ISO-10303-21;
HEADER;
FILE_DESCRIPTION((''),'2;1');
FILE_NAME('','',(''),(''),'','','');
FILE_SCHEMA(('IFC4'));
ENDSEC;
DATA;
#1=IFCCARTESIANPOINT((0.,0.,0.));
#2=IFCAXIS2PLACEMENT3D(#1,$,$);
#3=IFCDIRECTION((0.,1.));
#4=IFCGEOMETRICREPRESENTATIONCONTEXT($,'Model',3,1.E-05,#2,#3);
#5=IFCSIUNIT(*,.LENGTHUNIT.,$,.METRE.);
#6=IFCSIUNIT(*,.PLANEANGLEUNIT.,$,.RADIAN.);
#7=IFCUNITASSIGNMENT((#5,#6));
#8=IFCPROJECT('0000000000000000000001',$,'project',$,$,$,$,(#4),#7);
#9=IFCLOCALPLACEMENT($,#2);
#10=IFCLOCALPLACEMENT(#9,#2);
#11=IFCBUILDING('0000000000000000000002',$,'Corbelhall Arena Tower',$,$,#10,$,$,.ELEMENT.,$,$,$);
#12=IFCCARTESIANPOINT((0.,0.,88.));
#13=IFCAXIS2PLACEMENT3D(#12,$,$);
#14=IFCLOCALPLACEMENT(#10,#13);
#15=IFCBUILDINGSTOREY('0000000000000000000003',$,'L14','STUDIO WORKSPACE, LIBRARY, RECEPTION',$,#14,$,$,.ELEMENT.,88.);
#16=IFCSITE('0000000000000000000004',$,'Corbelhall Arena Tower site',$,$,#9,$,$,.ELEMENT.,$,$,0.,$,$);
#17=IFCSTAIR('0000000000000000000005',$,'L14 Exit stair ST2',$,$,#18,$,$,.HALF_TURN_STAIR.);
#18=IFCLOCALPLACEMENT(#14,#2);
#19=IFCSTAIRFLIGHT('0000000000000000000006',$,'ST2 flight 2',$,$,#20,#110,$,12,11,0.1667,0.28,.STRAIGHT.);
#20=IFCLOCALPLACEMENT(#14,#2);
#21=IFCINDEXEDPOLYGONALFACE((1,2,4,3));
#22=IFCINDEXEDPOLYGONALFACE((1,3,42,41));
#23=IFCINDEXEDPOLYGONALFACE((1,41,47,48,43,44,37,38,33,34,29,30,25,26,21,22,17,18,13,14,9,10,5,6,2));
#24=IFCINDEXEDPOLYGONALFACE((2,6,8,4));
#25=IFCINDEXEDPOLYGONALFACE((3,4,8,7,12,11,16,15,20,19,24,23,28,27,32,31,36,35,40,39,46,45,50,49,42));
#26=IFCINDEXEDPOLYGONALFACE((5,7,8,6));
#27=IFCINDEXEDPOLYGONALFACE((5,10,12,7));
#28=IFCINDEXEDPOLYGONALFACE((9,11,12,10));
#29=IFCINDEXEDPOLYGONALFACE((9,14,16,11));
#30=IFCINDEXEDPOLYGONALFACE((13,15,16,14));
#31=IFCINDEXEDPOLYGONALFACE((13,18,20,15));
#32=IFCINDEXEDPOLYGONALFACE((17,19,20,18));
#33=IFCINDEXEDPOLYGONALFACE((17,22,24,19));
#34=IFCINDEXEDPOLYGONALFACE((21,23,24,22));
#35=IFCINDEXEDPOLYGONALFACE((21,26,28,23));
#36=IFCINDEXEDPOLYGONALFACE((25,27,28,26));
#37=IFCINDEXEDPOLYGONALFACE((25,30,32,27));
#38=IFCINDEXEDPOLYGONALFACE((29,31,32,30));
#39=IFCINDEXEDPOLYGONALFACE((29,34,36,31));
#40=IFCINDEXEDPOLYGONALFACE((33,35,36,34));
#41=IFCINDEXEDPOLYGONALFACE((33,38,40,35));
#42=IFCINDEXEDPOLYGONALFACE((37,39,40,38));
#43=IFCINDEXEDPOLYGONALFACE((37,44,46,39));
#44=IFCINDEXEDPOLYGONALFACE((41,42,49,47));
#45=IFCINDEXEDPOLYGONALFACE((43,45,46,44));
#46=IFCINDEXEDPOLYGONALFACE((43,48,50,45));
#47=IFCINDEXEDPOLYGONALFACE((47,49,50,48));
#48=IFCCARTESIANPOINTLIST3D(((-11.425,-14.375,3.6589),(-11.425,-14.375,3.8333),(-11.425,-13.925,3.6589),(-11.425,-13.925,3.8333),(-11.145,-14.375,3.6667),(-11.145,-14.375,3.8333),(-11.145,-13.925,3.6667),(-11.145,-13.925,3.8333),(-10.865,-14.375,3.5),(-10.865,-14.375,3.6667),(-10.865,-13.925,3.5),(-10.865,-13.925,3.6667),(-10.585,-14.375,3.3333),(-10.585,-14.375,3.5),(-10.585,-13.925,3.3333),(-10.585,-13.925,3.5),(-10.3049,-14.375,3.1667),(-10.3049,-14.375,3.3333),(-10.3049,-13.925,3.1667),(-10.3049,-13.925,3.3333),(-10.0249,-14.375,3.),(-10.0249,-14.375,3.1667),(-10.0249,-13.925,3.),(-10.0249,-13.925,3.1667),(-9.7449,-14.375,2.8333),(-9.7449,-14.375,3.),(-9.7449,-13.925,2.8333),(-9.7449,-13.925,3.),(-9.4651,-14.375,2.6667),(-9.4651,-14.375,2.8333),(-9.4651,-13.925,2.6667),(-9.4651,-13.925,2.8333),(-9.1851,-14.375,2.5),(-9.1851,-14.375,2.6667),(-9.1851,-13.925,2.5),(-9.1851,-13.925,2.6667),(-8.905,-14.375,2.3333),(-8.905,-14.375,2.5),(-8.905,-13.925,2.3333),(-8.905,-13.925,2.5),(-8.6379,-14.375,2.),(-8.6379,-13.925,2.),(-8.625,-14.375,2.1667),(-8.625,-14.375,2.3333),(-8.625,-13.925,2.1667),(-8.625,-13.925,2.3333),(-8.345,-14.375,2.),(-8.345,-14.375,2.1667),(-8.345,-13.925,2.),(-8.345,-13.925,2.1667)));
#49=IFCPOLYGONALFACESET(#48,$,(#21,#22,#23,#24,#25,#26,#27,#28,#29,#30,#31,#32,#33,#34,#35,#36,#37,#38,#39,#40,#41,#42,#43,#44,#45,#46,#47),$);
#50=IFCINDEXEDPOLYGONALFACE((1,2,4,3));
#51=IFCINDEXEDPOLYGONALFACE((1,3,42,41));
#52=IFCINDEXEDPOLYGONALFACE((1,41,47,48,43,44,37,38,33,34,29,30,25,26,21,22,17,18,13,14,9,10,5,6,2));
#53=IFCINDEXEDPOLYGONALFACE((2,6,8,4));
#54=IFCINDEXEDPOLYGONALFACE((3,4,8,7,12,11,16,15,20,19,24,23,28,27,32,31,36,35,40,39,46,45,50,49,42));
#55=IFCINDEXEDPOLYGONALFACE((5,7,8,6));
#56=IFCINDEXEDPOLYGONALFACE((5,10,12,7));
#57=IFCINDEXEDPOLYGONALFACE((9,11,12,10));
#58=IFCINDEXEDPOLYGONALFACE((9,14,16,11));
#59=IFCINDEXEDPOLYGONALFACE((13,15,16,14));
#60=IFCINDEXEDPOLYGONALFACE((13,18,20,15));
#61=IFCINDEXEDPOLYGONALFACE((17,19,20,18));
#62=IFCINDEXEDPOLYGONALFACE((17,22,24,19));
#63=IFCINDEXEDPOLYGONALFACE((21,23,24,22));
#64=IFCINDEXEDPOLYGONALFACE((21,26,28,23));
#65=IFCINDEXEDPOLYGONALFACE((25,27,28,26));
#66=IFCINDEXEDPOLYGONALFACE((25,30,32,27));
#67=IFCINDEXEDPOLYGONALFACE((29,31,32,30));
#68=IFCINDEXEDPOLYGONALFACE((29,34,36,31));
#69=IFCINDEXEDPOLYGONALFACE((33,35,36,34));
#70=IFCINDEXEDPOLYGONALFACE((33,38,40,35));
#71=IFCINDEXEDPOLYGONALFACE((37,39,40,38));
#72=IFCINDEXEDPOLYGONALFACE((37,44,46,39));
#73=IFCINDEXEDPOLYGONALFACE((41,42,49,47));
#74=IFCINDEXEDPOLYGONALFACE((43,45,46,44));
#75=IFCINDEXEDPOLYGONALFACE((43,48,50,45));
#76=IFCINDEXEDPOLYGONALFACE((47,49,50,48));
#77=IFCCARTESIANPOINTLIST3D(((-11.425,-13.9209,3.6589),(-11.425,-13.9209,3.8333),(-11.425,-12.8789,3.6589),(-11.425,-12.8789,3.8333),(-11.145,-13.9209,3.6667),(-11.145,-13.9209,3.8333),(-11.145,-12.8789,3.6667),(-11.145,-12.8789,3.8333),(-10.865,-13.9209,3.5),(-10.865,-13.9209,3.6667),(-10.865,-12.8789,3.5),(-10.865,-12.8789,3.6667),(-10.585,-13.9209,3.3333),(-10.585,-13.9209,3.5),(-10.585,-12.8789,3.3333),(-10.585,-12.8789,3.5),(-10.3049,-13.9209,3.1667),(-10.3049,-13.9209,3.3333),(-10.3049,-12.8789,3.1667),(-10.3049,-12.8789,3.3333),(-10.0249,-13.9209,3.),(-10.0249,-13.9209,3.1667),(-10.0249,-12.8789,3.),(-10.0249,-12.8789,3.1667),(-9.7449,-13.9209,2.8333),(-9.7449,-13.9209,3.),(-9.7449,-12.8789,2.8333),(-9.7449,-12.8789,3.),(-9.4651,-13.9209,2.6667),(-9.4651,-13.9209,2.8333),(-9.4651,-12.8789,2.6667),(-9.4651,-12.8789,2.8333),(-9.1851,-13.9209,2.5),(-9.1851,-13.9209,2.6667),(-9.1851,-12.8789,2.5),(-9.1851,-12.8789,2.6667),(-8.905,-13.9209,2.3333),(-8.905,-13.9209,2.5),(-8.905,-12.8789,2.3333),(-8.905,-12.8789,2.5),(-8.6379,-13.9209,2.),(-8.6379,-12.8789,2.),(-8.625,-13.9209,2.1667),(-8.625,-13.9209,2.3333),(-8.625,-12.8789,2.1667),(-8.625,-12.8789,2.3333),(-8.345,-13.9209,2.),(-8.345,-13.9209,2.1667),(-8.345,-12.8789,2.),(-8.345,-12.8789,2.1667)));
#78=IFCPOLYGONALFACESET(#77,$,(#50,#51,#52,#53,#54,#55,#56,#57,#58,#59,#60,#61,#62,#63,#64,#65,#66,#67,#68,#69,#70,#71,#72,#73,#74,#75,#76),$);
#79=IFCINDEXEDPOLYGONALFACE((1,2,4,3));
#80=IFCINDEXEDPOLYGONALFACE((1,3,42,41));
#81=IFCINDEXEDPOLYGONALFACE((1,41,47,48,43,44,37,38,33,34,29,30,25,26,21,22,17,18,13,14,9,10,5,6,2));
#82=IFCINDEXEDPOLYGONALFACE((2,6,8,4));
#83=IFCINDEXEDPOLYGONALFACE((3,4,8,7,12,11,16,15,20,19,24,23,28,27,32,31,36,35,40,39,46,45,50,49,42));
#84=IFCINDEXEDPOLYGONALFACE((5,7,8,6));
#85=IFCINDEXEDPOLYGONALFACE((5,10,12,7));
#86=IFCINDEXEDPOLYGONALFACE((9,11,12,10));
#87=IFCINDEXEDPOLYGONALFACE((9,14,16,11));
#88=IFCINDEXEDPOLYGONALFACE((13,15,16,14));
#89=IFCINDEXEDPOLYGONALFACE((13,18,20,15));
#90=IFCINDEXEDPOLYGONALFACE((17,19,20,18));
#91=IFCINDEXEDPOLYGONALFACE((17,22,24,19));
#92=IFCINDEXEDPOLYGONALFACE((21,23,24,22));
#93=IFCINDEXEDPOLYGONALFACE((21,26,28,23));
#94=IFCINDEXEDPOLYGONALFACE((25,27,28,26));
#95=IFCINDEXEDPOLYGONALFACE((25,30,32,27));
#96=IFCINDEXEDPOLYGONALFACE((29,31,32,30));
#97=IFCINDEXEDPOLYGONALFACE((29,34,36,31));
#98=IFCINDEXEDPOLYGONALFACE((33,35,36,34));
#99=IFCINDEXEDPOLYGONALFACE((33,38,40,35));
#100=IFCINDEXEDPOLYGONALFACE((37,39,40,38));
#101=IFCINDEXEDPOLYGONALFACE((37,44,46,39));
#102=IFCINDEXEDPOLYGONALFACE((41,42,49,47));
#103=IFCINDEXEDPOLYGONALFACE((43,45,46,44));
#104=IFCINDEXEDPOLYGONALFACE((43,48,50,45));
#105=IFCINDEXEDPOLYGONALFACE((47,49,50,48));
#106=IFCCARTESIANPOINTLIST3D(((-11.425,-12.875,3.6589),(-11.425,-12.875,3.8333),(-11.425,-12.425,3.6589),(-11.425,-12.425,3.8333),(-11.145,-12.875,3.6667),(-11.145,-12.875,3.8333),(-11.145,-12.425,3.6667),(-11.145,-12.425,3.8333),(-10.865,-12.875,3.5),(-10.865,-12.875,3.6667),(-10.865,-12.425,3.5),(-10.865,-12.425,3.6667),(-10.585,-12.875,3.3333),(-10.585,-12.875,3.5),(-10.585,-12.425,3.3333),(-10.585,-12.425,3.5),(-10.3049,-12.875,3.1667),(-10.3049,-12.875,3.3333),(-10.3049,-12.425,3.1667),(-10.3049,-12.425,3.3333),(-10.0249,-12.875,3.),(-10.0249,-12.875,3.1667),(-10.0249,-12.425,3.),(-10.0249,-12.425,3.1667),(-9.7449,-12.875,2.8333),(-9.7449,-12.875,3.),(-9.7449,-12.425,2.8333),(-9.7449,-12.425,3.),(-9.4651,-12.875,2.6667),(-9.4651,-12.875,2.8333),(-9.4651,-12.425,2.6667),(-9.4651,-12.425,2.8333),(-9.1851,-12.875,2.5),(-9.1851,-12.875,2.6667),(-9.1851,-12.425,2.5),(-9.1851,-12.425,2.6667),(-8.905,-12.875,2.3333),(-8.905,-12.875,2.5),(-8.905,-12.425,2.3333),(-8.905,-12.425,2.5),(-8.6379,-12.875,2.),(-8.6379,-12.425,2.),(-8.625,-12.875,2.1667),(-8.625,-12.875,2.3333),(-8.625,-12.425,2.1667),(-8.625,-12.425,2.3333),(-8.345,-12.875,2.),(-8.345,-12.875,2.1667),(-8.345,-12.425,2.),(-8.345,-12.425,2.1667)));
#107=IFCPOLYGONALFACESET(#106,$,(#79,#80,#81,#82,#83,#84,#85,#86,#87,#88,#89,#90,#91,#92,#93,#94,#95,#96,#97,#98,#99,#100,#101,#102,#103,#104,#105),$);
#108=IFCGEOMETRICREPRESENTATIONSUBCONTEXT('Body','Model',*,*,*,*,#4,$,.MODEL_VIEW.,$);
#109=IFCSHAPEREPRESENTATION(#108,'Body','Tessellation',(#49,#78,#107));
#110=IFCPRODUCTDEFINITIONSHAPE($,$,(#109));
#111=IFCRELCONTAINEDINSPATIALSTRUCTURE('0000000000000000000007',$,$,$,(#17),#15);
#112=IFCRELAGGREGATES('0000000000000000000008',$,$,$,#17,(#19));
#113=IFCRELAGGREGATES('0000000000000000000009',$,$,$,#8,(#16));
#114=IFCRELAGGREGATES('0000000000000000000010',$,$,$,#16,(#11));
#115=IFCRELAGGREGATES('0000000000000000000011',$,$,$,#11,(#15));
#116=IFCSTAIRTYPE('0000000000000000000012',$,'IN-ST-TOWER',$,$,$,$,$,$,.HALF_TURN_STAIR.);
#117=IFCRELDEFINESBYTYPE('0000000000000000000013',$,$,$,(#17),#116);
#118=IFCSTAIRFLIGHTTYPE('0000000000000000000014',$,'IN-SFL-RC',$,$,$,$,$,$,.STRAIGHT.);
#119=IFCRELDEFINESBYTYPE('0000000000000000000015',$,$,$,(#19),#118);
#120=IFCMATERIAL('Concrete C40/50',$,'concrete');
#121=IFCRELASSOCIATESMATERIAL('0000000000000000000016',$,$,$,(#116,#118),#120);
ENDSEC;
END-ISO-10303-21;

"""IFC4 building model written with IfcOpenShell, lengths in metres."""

from ifc_helpers import new_model, si_unit, direction, frame, origin, place, context, subcontext, project, spatial, polyline, outline, extrude, material, type_object, element, aggregate, save


model = new_model("IFC4")

# Units and contexts
model_context = context("Model", 3, precision=1e-05, world=origin(), true_north=direction((0.0, 1.0)))
body_context = subcontext(model_context, "Body", "Model", "MODEL_VIEW")
ifc_project = project(units=[si_unit("LENGTHUNIT", "METRE"), si_unit("PLANEANGLEUNIT", "RADIAN")], contexts=[model_context])

# Site, building, storey
site_placement = place(None, origin())
site = spatial("IfcSite", under=ifc_project, at=site_placement, Name="Corbelhall Arena Tower site", CompositionType="ELEMENT", RefElevation=0.0)
building_placement = place(site_placement, origin())
building = spatial("IfcBuilding", under=site, at=building_placement, Name="Corbelhall Arena Tower", CompositionType="ELEMENT")
storey_placement = place(building_placement, frame((0.0, 0.0, 88.0)))
storey = spatial("IfcBuildingStorey", under=building, at=storey_placement, Name="L14", Description="STUDIO WORKSPACE, LIBRARY, RECEPTION", CompositionType="ELEMENT", Elevation=88.0)

# Shared definitions
ifc_material_1 = material(Name="Concrete C40/50", Category="concrete")

# Stair, stair flight
stair_type = type_object("IfcStairType", Name="IN-ST-TOWER", PredefinedType="HALF_TURN_STAIR", material=ifc_material_1)
stair_placement = place(storey_placement, origin())
stair = element("IfcStair", 1, at=stair_placement, inside=storey, type_object=stair_type, Name="L14 Exit stair ST2", PredefinedType="HALF_TURN_STAIR")
stair_flight_type = type_object("IfcStairFlightType", Name="IN-SFL-RC", PredefinedType="STRAIGHT", material=ifc_material_1)
stair_flight_placement = place(storey_placement, frame((-8.345, -13.3999, 2.0), z_axis=(0.0, 0.0, 1.0), x_axis=(-1.0, 0.0, 0.0)))
stair_flight = element("IfcStairFlight", 2, at=stair_flight_placement, type_object=stair_flight_type, Name="ST2 flight 2", NumberOfRisers=12, NumberOfTreads=11, PredefinedType="STRAIGHT", RiserHeight=0.1667, TreadLength=0.28, context=body_context, shape_type="SweptSolid", body=[
    extrude(outline(polyline([(0.0, 0.0), (0.0, 0.1667), (0.28, 0.1667), (0.28, 0.3333), (0.5601, 0.3333), (0.5601, 0.5), (0.8401, 0.5), (0.8401, 0.6667), (1.1201, 0.6667), (1.1201, 0.8333), (1.3999, 0.8333), (1.3999, 1.0), (1.6799, 1.0), (1.6799, 1.1667), (1.96, 1.1667), (1.96, 1.3333), (2.24, 1.3333), (2.24, 1.5), (2.52, 1.5), (2.52, 1.6667), (2.8, 1.6667), (2.8, 1.8333), (3.0801, 1.8333), (3.0801, 2.0), (3.0801, 1.6589), (0.293, 0.0), (0.0, 0.0)])), frame((0.0, 0.9751, 0.0), z_axis=(0.0, -1.0, 0.0), x_axis=(1.0, 0.0, 0.0)), (0.0, 0.0, 1.0), 0.45),
    extrude(outline(polyline([(0.0, 0.0), (0.0, 0.1667), (0.28, 0.1667), (0.28, 0.3333), (0.5601, 0.3333), (0.5601, 0.5), (0.8401, 0.5), (0.8401, 0.6667), (1.1201, 0.6667), (1.1201, 0.8333), (1.3999, 0.8333), (1.3999, 1.0), (1.6799, 1.0), (1.6799, 1.1667), (1.96, 1.1667), (1.96, 1.3333), (2.24, 1.3333), (2.24, 1.5), (2.52, 1.5), (2.52, 1.6667), (2.8, 1.6667), (2.8, 1.8333), (3.0801, 1.8333), (3.0801, 2.0), (3.0801, 1.6589), (0.293, 0.0), (0.0, 0.0)])), frame((0.0, 0.521, 0.0), z_axis=(0.0, -1.0, 0.0), x_axis=(1.0, 0.0, 0.0)), (0.0, 0.0, 1.0), 1.042),
    extrude(outline(polyline([(0.0, 0.0), (0.0, 0.1667), (0.28, 0.1667), (0.28, 0.3333), (0.5601, 0.3333), (0.5601, 0.5), (0.8401, 0.5), (0.8401, 0.6667), (1.1201, 0.6667), (1.1201, 0.8333), (1.3999, 0.8333), (1.3999, 1.0), (1.6799, 1.0), (1.6799, 1.1667), (1.96, 1.1667), (1.96, 1.3333), (2.24, 1.3333), (2.24, 1.5), (2.52, 1.5), (2.52, 1.6667), (2.8, 1.6667), (2.8, 1.8333), (3.0801, 1.8333), (3.0801, 2.0), (3.0801, 1.6589), (0.293, 0.0), (0.0, 0.0)])), frame((0.0, -0.5249, 0.0), z_axis=(0.0, -1.0, 0.0), x_axis=(1.0, 0.0, 0.0)), (0.0, 0.0, 1.0), 0.45),
])
aggregate(stair, [stair_flight])

save(model, "model.ifc")
